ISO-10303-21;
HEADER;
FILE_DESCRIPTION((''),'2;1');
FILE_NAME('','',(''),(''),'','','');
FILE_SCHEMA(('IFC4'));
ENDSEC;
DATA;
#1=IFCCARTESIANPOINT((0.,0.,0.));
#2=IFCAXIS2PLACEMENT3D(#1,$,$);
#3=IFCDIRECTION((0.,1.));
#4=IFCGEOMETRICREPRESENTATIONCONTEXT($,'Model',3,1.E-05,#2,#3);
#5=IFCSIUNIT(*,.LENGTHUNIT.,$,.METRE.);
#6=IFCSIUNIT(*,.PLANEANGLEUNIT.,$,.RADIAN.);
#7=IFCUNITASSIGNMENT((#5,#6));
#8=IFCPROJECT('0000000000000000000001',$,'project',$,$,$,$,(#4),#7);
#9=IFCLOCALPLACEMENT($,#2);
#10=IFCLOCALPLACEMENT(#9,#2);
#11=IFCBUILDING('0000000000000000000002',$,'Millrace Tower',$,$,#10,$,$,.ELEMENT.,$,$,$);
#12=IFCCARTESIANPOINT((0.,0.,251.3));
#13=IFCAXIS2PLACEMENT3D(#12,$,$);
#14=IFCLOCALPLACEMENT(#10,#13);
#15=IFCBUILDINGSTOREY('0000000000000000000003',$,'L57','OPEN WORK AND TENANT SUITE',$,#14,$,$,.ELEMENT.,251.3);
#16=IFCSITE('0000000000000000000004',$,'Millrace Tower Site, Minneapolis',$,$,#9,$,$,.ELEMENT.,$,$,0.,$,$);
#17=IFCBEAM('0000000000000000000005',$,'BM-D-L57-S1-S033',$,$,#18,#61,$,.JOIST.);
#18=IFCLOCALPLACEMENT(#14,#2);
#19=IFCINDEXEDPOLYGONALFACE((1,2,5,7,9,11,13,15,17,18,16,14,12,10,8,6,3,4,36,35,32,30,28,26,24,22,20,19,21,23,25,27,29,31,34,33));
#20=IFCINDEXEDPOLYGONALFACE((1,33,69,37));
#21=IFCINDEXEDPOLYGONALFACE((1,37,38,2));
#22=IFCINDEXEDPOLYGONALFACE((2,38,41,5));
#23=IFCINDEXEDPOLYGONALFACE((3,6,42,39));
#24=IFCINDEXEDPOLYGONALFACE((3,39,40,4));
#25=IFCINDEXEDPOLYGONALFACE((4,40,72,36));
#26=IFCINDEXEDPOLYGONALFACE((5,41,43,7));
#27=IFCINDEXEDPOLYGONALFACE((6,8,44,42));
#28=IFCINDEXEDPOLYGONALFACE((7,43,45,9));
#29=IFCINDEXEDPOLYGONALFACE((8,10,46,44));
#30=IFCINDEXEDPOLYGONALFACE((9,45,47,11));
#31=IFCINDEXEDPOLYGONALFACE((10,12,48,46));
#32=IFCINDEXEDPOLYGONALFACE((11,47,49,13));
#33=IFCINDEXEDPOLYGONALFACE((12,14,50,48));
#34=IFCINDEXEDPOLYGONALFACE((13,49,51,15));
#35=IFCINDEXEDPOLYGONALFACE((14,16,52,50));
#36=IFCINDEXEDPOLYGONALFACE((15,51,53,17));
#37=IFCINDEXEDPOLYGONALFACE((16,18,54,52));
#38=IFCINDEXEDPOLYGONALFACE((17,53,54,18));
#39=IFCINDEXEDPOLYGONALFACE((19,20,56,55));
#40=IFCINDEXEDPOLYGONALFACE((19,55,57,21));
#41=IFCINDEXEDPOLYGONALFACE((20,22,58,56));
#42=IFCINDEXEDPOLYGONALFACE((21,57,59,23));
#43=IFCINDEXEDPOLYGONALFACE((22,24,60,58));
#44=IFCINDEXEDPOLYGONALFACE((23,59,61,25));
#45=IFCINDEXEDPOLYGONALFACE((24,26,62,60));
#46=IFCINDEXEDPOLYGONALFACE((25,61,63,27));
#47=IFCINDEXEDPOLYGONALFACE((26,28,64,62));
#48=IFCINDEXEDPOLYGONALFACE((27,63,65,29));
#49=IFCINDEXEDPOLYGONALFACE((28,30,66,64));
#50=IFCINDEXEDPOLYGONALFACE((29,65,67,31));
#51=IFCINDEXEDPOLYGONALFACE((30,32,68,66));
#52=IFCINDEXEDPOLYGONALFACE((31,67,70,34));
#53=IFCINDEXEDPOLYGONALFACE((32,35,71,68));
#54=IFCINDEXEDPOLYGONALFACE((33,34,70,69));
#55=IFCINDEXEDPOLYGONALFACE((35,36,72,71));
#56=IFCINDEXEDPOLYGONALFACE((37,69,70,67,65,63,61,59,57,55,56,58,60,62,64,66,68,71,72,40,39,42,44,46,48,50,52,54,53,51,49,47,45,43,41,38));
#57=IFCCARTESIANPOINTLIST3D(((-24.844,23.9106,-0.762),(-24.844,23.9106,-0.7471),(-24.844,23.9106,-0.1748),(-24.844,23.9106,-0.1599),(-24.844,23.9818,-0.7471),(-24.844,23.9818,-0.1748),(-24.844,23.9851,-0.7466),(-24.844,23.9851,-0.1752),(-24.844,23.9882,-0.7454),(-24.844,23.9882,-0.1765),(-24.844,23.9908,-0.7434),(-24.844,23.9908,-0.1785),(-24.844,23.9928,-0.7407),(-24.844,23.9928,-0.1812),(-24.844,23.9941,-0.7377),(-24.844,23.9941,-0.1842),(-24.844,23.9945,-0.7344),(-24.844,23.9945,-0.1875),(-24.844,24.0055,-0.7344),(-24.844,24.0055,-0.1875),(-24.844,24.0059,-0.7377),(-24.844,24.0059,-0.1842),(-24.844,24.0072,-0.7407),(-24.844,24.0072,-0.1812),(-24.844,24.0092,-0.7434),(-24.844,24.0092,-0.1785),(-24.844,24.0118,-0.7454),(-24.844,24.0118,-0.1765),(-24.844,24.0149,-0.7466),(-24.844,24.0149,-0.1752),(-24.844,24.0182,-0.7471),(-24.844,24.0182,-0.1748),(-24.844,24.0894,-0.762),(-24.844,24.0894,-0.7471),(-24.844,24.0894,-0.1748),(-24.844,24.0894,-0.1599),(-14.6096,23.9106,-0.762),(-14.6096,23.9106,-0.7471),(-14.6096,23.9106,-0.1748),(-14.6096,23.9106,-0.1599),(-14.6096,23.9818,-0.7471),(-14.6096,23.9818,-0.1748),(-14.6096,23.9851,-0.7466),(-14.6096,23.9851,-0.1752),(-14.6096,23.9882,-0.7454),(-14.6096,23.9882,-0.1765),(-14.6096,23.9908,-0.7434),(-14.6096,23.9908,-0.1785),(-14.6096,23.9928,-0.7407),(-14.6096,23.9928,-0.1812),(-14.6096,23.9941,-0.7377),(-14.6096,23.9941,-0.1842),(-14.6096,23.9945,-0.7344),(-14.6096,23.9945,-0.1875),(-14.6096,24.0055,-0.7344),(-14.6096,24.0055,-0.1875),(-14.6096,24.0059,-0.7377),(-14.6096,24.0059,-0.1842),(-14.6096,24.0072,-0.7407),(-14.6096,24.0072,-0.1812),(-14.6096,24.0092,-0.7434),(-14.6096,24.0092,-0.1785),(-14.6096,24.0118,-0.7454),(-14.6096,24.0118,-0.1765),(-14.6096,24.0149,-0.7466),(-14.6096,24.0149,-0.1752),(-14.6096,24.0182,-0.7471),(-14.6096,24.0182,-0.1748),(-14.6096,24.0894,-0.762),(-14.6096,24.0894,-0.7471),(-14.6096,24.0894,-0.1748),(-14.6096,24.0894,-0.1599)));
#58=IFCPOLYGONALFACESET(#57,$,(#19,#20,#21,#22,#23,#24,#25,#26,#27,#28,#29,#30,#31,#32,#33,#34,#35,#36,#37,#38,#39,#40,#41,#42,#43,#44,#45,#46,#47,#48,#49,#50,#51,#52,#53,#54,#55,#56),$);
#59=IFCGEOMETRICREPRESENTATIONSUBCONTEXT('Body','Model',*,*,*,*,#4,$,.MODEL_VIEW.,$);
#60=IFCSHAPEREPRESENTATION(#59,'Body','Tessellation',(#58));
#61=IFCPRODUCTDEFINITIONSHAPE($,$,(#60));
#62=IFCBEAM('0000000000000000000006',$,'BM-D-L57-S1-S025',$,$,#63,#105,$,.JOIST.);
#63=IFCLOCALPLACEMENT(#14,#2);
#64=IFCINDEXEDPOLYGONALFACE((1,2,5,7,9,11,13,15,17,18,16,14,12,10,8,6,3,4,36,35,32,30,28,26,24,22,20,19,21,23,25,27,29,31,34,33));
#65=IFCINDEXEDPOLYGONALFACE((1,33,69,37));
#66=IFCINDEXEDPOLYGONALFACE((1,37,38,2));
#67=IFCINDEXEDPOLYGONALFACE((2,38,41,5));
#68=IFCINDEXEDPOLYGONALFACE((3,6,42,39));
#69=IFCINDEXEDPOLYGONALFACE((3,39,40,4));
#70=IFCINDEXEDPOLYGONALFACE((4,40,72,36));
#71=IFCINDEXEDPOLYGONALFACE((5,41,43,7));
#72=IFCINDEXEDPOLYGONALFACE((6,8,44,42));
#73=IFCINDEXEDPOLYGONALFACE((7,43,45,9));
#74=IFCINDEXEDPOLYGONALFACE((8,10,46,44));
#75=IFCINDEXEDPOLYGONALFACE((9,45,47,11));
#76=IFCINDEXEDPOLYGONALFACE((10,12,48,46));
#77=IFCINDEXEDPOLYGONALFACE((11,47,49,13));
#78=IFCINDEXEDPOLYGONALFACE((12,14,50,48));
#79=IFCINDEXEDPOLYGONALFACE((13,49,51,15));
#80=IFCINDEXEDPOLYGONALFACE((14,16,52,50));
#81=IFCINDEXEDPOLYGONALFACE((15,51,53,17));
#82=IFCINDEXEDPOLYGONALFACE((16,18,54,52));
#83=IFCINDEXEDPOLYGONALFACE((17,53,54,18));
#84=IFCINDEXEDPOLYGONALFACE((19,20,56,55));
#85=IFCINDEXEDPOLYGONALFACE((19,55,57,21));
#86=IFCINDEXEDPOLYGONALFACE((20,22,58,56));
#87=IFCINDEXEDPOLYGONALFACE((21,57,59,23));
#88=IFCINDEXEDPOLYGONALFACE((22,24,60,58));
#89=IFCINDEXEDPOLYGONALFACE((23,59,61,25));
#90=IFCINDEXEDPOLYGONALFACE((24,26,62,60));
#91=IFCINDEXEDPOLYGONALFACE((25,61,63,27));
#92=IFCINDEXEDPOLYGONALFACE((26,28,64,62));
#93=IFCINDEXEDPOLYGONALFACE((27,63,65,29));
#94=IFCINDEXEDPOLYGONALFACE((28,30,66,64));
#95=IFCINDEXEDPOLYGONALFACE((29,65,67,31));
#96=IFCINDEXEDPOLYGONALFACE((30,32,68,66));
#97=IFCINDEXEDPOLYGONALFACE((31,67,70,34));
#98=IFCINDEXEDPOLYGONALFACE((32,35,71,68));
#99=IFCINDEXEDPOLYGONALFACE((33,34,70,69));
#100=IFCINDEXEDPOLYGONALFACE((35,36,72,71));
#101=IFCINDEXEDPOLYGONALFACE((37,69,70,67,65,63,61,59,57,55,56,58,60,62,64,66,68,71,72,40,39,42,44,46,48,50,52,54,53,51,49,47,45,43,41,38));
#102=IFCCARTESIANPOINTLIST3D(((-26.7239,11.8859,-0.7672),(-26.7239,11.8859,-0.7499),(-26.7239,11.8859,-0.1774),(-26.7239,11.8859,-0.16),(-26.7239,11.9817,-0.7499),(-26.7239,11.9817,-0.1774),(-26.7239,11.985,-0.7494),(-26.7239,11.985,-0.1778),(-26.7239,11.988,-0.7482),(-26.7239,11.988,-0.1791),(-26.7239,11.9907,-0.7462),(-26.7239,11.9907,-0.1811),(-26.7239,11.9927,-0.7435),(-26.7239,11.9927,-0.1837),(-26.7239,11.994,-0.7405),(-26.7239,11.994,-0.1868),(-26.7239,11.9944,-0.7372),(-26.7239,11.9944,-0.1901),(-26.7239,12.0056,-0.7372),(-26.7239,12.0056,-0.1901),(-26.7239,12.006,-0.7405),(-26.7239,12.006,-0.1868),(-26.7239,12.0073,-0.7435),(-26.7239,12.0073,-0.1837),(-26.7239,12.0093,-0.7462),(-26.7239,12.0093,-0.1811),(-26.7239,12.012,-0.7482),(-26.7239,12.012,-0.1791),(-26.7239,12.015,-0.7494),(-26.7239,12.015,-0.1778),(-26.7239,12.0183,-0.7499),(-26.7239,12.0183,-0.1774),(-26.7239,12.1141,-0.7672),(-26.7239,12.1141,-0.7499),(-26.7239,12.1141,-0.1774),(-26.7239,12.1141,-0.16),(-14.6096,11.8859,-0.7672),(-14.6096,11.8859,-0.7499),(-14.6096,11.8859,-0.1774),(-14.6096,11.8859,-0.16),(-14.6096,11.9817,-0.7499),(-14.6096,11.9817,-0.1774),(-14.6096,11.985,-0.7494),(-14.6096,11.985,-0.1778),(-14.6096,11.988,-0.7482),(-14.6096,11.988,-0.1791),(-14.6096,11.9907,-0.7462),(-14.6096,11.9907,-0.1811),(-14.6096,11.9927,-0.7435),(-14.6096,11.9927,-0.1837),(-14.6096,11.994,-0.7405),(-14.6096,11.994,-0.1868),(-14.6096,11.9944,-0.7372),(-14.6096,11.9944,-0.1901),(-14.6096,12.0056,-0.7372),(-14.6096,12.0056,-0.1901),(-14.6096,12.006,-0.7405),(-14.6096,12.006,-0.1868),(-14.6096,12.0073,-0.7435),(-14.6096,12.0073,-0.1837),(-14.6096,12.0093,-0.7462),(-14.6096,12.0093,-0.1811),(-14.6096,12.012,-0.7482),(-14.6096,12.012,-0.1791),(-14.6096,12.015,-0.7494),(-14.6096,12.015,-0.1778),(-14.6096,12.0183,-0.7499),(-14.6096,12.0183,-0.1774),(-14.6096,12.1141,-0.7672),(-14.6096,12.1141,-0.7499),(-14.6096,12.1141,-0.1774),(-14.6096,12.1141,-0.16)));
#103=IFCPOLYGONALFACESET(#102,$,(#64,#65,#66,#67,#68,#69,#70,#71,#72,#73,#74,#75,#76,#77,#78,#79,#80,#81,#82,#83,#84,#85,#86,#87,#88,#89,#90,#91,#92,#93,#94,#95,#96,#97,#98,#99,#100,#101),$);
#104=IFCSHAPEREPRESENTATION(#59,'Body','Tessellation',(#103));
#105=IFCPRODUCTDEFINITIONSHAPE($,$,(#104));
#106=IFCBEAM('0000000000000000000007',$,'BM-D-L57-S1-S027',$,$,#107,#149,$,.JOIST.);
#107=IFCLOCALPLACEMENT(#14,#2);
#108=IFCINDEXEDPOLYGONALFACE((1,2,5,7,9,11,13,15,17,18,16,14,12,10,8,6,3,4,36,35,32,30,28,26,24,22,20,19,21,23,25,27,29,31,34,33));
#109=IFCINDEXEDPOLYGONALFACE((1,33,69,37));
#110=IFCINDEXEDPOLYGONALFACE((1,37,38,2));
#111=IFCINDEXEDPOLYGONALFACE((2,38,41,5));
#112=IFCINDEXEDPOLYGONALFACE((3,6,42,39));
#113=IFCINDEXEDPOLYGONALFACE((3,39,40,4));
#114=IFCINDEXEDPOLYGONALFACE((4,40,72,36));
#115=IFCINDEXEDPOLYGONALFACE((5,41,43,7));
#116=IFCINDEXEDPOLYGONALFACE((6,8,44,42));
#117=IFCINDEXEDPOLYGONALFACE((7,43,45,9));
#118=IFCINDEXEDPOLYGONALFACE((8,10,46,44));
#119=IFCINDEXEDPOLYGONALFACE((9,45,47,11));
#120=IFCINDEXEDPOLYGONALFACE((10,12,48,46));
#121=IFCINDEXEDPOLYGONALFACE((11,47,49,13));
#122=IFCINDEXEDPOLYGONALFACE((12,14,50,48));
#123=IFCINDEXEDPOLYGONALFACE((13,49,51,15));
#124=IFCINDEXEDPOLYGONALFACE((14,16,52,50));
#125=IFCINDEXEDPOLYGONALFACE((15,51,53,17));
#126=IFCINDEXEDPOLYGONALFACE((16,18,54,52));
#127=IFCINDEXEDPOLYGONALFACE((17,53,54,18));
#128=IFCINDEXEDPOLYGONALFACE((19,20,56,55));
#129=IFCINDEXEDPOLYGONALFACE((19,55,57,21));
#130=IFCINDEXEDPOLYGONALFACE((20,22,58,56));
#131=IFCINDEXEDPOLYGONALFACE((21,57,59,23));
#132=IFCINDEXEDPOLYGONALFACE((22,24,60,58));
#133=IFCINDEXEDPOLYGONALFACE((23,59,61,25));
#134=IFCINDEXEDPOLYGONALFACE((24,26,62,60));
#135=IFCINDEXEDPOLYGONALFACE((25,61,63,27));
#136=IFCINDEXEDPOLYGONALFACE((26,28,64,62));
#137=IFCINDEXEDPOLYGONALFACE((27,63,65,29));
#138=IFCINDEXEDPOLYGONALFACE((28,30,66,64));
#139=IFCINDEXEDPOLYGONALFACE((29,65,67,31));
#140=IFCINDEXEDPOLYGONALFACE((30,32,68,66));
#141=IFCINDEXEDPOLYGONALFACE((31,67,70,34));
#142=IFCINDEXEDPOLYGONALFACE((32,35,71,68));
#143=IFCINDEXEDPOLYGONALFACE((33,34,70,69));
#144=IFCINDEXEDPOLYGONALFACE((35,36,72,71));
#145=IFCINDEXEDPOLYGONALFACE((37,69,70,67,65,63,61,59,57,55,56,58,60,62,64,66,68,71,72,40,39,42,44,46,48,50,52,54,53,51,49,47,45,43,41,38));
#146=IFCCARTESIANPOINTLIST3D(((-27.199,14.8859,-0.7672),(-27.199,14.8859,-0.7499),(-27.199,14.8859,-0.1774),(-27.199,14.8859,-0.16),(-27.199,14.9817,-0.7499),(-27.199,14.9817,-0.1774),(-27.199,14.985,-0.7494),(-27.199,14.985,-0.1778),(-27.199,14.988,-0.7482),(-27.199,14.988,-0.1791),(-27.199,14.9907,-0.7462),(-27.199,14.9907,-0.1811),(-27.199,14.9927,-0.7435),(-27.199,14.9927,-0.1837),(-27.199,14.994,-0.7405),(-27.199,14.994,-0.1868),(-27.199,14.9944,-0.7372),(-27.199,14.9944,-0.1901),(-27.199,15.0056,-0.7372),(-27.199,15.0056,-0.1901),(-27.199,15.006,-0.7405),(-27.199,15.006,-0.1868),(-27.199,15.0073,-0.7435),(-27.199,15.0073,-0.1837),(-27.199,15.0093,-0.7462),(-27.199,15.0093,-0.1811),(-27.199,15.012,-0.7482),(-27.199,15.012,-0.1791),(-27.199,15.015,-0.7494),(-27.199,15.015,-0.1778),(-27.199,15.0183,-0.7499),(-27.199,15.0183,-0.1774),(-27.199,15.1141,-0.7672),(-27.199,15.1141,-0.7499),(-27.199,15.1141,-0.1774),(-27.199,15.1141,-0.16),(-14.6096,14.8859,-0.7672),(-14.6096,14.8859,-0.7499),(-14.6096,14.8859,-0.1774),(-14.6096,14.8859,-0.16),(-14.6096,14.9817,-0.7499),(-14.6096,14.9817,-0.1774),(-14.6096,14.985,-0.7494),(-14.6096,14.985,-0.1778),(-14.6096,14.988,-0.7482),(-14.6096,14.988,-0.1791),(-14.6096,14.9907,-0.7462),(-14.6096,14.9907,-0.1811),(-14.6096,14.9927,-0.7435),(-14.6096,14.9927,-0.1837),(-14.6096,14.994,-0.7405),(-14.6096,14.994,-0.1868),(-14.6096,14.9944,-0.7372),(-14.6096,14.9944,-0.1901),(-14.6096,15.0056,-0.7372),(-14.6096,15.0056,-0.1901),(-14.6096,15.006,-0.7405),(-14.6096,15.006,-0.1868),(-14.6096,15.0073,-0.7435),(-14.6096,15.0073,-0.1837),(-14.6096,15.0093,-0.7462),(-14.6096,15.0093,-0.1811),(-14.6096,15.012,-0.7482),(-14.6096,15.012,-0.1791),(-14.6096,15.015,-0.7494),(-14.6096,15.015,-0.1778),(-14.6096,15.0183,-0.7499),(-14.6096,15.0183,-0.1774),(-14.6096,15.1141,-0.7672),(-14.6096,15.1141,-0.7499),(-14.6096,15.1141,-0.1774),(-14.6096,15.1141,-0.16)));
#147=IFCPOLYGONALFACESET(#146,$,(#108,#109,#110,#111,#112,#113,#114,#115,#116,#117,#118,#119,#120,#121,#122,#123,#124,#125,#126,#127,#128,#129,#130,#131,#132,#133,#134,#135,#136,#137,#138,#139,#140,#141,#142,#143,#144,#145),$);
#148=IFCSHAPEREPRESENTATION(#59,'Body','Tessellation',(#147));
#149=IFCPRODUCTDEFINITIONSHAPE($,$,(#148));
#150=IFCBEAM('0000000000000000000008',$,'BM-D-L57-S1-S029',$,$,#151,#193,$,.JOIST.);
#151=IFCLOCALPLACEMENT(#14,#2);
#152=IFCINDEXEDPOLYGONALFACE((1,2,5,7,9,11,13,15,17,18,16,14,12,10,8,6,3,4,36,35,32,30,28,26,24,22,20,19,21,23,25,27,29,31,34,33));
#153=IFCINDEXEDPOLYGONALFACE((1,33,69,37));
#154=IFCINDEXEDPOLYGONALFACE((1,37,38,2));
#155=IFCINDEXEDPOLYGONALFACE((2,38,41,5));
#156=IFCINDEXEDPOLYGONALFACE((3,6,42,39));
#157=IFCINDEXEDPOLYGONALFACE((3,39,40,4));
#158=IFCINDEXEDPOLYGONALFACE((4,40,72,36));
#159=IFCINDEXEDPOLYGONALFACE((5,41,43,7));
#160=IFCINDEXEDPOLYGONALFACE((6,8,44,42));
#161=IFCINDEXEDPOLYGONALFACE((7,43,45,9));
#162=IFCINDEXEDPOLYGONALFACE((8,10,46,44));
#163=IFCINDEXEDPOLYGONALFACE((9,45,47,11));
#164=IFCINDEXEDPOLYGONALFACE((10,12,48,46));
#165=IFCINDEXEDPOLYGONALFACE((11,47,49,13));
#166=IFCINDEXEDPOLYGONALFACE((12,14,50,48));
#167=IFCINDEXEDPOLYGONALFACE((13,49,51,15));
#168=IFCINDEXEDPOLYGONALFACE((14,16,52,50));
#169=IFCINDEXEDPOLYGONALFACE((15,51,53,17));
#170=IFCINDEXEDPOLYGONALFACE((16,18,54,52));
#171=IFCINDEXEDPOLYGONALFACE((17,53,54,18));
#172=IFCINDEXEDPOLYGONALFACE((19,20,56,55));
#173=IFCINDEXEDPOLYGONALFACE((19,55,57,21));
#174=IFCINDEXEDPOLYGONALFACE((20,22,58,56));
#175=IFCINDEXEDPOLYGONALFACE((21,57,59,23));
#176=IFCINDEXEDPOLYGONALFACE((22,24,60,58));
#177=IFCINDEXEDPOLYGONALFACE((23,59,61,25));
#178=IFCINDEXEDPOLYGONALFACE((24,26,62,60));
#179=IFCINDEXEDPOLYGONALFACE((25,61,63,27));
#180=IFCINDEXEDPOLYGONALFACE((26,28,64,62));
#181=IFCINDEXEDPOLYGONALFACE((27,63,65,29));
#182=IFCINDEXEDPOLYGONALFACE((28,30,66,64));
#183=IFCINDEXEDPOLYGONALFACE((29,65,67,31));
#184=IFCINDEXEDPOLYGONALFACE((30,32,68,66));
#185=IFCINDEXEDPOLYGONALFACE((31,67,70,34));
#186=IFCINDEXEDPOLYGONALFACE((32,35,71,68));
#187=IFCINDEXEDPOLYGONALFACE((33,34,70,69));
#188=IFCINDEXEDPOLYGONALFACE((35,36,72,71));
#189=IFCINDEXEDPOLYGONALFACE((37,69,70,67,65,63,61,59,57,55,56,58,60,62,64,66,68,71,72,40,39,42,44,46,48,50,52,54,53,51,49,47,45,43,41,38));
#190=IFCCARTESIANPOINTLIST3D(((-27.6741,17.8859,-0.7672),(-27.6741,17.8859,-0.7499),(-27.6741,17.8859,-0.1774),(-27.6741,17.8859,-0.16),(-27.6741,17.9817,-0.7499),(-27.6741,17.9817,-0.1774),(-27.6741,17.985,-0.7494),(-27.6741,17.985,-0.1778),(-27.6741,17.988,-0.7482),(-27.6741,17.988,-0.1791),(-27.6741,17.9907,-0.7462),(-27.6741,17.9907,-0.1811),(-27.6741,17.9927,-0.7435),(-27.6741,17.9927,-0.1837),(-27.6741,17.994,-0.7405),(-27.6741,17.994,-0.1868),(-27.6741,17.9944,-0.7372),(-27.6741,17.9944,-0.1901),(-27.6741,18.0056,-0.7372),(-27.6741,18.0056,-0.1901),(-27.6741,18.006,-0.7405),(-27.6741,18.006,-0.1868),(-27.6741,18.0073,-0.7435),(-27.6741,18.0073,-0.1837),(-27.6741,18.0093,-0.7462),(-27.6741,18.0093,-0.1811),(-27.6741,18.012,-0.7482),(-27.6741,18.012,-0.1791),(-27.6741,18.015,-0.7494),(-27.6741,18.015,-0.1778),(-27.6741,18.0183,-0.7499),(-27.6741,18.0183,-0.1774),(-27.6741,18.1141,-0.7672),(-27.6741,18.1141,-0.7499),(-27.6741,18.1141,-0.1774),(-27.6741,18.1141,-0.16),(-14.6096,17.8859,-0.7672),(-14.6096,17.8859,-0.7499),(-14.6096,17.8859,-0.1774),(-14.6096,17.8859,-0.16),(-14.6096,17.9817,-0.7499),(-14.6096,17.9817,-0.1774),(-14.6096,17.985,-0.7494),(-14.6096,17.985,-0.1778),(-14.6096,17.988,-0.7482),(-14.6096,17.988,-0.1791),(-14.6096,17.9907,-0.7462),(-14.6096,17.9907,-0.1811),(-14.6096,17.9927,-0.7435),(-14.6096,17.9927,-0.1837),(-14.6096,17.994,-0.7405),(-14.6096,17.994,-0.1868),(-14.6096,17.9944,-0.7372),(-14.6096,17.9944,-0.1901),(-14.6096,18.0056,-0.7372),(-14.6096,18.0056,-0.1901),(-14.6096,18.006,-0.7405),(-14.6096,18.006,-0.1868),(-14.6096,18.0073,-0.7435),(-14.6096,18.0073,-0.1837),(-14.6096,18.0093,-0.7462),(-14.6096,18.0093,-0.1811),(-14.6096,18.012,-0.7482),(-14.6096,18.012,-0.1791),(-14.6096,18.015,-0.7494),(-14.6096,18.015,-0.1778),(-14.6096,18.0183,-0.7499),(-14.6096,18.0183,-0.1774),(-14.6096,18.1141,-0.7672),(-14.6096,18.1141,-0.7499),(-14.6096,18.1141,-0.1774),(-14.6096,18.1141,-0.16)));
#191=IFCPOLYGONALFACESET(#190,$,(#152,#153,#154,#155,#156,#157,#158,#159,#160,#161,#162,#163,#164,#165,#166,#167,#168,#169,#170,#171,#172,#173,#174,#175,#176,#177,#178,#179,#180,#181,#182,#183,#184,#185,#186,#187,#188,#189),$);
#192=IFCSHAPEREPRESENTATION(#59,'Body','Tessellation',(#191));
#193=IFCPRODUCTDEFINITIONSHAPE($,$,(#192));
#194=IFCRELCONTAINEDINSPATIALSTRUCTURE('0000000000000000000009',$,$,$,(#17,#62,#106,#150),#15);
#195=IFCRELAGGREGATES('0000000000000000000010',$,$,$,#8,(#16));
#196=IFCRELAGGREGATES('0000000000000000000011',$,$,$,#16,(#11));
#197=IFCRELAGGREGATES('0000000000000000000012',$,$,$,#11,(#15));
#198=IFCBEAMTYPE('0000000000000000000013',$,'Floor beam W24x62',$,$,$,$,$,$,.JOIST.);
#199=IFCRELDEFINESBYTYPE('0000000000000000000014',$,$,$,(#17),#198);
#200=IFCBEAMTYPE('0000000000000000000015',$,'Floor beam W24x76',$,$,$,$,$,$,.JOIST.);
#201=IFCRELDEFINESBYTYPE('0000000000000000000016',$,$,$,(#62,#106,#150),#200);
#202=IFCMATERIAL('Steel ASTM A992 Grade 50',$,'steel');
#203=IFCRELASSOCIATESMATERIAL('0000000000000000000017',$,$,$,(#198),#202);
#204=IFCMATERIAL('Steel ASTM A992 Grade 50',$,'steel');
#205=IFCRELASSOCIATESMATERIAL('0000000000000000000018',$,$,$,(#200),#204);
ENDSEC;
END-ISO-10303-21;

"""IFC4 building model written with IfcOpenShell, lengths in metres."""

from ifc_helpers import new_model, si_unit, direction, frame, origin, origin_2d, place, context, subcontext, project, spatial, i_section, extrude, material, material_profile, profile_set, type_object, element, save


model = new_model("IFC4")

# Units and contexts
model_context = context("Model", 3, precision=1e-05, world=origin(), true_north=direction((0.0, 1.0)))
body_context = subcontext(model_context, "Body", "Model", "MODEL_VIEW")
ifc_project = project(units=[si_unit("LENGTHUNIT", "METRE"), si_unit("PLANEANGLEUNIT", "RADIAN")], contexts=[model_context])

# Site, building, storey
site_placement = place(None, origin())
site = spatial("IfcSite", under=ifc_project, at=site_placement, Name="Millrace Tower Site, Minneapolis", CompositionType="ELEMENT", RefElevation=0.0)
building_placement = place(site_placement, origin())
building = spatial("IfcBuilding", under=site, at=building_placement, Name="Millrace Tower", CompositionType="ELEMENT")
storey_placement = place(building_placement, frame((0.0, 0.0, 251.3)))
storey = spatial("IfcBuildingStorey", under=building, at=storey_placement, Name="L57", Description="OPEN WORK AND TENANT SUITE", CompositionType="ELEMENT", Elevation=251.3)

# Beams
ifc_material_1 = material(Name="Steel ASTM A992 Grade 50", Category="steel")
ifc_material_profile_1 = material_profile(ifc_material_1, i_section(OverallWidth=0.1787, OverallDepth=0.6021, WebThickness=0.011, FlangeThickness=0.0149, FilletRadius=0.0127, at=origin_2d()))
ifc_profile_set_1 = profile_set([ifc_material_profile_1], Name="Steel ASTM A992 Grade 50")
beam_type_1 = type_object("IfcBeamType", Name="Floor beam W24x62", PredefinedType="JOIST", material=ifc_profile_set_1)
beam_1_placement = place(storey_placement, frame((-24.844, 24.0, -0.4609), z_axis=(1.0, 0.0, 0.0), x_axis=(0.0, 1.0, 0.0)))
element("IfcBeam", 1, at=beam_1_placement, inside=storey, type_object=beam_type_1, Name="BM-D-L57-S1-S033", PredefinedType="JOIST", context=body_context, shape_type="SweptSolid", body=[
    extrude(i_section(OverallWidth=0.1787, OverallDepth=0.6021, WebThickness=0.011, FlangeThickness=0.0149, FilletRadius=0.0127, at=origin_2d()), origin(), (0.0, 0.0, 1.0), 10.2344),
])
ifc_material_2 = material(Name="Steel ASTM A992 Grade 50", Category="steel")
ifc_material_profile_2 = material_profile(ifc_material_2, i_section(OverallWidth=0.2283, OverallDepth=0.6072, WebThickness=0.0112, FlangeThickness=0.0173, FilletRadius=0.0127, at=origin_2d()))
ifc_profile_set_2 = profile_set([ifc_material_profile_2], Name="Steel ASTM A992 Grade 50")
beam_type_2 = type_object("IfcBeamType", Name="Floor beam W24x76", PredefinedType="JOIST", material=ifc_profile_set_2)
beam_2_placement = place(storey_placement, frame((-26.7239, 12.0, -0.4636), z_axis=(1.0, 0.0, 0.0), x_axis=(0.0, 1.0, 0.0)))
element("IfcBeam", 2, at=beam_2_placement, inside=storey, type_object=beam_type_2, Name="BM-D-L57-S1-S025", PredefinedType="JOIST", context=body_context, shape_type="SweptSolid", body=[
    extrude(i_section(OverallWidth=0.2283, OverallDepth=0.6072, WebThickness=0.0112, FlangeThickness=0.0173, FilletRadius=0.0127, at=origin_2d()), origin(), (0.0, 0.0, 1.0), 12.1143),
])
beam_3_placement = place(storey_placement, frame((-27.199, 15.0, -0.4636), z_axis=(1.0, 0.0, 0.0), x_axis=(0.0, 1.0, 0.0)))
element("IfcBeam", 3, at=beam_3_placement, inside=storey, type_object=beam_type_2, Name="BM-D-L57-S1-S027", PredefinedType="JOIST", context=body_context, shape_type="SweptSolid", body=[
    extrude(i_section(OverallWidth=0.2283, OverallDepth=0.6072, WebThickness=0.0112, FlangeThickness=0.0173, FilletRadius=0.0127, at=origin_2d()), origin(), (0.0, 0.0, 1.0), 12.5894),
])
beam_4_placement = place(storey_placement, frame((-27.6741, 18.0, -0.4636), z_axis=(1.0, 0.0, 0.0), x_axis=(0.0, 1.0, 0.0)))
element("IfcBeam", 4, at=beam_4_placement, inside=storey, type_object=beam_type_2, Name="BM-D-L57-S1-S029", PredefinedType="JOIST", context=body_context, shape_type="SweptSolid", body=[
    extrude(i_section(OverallWidth=0.2283, OverallDepth=0.6072, WebThickness=0.0112, FlangeThickness=0.0173, FilletRadius=0.0127, at=origin_2d()), origin(), (0.0, 0.0, 1.0), 13.0645),
])

save(model, "model.ifc")
